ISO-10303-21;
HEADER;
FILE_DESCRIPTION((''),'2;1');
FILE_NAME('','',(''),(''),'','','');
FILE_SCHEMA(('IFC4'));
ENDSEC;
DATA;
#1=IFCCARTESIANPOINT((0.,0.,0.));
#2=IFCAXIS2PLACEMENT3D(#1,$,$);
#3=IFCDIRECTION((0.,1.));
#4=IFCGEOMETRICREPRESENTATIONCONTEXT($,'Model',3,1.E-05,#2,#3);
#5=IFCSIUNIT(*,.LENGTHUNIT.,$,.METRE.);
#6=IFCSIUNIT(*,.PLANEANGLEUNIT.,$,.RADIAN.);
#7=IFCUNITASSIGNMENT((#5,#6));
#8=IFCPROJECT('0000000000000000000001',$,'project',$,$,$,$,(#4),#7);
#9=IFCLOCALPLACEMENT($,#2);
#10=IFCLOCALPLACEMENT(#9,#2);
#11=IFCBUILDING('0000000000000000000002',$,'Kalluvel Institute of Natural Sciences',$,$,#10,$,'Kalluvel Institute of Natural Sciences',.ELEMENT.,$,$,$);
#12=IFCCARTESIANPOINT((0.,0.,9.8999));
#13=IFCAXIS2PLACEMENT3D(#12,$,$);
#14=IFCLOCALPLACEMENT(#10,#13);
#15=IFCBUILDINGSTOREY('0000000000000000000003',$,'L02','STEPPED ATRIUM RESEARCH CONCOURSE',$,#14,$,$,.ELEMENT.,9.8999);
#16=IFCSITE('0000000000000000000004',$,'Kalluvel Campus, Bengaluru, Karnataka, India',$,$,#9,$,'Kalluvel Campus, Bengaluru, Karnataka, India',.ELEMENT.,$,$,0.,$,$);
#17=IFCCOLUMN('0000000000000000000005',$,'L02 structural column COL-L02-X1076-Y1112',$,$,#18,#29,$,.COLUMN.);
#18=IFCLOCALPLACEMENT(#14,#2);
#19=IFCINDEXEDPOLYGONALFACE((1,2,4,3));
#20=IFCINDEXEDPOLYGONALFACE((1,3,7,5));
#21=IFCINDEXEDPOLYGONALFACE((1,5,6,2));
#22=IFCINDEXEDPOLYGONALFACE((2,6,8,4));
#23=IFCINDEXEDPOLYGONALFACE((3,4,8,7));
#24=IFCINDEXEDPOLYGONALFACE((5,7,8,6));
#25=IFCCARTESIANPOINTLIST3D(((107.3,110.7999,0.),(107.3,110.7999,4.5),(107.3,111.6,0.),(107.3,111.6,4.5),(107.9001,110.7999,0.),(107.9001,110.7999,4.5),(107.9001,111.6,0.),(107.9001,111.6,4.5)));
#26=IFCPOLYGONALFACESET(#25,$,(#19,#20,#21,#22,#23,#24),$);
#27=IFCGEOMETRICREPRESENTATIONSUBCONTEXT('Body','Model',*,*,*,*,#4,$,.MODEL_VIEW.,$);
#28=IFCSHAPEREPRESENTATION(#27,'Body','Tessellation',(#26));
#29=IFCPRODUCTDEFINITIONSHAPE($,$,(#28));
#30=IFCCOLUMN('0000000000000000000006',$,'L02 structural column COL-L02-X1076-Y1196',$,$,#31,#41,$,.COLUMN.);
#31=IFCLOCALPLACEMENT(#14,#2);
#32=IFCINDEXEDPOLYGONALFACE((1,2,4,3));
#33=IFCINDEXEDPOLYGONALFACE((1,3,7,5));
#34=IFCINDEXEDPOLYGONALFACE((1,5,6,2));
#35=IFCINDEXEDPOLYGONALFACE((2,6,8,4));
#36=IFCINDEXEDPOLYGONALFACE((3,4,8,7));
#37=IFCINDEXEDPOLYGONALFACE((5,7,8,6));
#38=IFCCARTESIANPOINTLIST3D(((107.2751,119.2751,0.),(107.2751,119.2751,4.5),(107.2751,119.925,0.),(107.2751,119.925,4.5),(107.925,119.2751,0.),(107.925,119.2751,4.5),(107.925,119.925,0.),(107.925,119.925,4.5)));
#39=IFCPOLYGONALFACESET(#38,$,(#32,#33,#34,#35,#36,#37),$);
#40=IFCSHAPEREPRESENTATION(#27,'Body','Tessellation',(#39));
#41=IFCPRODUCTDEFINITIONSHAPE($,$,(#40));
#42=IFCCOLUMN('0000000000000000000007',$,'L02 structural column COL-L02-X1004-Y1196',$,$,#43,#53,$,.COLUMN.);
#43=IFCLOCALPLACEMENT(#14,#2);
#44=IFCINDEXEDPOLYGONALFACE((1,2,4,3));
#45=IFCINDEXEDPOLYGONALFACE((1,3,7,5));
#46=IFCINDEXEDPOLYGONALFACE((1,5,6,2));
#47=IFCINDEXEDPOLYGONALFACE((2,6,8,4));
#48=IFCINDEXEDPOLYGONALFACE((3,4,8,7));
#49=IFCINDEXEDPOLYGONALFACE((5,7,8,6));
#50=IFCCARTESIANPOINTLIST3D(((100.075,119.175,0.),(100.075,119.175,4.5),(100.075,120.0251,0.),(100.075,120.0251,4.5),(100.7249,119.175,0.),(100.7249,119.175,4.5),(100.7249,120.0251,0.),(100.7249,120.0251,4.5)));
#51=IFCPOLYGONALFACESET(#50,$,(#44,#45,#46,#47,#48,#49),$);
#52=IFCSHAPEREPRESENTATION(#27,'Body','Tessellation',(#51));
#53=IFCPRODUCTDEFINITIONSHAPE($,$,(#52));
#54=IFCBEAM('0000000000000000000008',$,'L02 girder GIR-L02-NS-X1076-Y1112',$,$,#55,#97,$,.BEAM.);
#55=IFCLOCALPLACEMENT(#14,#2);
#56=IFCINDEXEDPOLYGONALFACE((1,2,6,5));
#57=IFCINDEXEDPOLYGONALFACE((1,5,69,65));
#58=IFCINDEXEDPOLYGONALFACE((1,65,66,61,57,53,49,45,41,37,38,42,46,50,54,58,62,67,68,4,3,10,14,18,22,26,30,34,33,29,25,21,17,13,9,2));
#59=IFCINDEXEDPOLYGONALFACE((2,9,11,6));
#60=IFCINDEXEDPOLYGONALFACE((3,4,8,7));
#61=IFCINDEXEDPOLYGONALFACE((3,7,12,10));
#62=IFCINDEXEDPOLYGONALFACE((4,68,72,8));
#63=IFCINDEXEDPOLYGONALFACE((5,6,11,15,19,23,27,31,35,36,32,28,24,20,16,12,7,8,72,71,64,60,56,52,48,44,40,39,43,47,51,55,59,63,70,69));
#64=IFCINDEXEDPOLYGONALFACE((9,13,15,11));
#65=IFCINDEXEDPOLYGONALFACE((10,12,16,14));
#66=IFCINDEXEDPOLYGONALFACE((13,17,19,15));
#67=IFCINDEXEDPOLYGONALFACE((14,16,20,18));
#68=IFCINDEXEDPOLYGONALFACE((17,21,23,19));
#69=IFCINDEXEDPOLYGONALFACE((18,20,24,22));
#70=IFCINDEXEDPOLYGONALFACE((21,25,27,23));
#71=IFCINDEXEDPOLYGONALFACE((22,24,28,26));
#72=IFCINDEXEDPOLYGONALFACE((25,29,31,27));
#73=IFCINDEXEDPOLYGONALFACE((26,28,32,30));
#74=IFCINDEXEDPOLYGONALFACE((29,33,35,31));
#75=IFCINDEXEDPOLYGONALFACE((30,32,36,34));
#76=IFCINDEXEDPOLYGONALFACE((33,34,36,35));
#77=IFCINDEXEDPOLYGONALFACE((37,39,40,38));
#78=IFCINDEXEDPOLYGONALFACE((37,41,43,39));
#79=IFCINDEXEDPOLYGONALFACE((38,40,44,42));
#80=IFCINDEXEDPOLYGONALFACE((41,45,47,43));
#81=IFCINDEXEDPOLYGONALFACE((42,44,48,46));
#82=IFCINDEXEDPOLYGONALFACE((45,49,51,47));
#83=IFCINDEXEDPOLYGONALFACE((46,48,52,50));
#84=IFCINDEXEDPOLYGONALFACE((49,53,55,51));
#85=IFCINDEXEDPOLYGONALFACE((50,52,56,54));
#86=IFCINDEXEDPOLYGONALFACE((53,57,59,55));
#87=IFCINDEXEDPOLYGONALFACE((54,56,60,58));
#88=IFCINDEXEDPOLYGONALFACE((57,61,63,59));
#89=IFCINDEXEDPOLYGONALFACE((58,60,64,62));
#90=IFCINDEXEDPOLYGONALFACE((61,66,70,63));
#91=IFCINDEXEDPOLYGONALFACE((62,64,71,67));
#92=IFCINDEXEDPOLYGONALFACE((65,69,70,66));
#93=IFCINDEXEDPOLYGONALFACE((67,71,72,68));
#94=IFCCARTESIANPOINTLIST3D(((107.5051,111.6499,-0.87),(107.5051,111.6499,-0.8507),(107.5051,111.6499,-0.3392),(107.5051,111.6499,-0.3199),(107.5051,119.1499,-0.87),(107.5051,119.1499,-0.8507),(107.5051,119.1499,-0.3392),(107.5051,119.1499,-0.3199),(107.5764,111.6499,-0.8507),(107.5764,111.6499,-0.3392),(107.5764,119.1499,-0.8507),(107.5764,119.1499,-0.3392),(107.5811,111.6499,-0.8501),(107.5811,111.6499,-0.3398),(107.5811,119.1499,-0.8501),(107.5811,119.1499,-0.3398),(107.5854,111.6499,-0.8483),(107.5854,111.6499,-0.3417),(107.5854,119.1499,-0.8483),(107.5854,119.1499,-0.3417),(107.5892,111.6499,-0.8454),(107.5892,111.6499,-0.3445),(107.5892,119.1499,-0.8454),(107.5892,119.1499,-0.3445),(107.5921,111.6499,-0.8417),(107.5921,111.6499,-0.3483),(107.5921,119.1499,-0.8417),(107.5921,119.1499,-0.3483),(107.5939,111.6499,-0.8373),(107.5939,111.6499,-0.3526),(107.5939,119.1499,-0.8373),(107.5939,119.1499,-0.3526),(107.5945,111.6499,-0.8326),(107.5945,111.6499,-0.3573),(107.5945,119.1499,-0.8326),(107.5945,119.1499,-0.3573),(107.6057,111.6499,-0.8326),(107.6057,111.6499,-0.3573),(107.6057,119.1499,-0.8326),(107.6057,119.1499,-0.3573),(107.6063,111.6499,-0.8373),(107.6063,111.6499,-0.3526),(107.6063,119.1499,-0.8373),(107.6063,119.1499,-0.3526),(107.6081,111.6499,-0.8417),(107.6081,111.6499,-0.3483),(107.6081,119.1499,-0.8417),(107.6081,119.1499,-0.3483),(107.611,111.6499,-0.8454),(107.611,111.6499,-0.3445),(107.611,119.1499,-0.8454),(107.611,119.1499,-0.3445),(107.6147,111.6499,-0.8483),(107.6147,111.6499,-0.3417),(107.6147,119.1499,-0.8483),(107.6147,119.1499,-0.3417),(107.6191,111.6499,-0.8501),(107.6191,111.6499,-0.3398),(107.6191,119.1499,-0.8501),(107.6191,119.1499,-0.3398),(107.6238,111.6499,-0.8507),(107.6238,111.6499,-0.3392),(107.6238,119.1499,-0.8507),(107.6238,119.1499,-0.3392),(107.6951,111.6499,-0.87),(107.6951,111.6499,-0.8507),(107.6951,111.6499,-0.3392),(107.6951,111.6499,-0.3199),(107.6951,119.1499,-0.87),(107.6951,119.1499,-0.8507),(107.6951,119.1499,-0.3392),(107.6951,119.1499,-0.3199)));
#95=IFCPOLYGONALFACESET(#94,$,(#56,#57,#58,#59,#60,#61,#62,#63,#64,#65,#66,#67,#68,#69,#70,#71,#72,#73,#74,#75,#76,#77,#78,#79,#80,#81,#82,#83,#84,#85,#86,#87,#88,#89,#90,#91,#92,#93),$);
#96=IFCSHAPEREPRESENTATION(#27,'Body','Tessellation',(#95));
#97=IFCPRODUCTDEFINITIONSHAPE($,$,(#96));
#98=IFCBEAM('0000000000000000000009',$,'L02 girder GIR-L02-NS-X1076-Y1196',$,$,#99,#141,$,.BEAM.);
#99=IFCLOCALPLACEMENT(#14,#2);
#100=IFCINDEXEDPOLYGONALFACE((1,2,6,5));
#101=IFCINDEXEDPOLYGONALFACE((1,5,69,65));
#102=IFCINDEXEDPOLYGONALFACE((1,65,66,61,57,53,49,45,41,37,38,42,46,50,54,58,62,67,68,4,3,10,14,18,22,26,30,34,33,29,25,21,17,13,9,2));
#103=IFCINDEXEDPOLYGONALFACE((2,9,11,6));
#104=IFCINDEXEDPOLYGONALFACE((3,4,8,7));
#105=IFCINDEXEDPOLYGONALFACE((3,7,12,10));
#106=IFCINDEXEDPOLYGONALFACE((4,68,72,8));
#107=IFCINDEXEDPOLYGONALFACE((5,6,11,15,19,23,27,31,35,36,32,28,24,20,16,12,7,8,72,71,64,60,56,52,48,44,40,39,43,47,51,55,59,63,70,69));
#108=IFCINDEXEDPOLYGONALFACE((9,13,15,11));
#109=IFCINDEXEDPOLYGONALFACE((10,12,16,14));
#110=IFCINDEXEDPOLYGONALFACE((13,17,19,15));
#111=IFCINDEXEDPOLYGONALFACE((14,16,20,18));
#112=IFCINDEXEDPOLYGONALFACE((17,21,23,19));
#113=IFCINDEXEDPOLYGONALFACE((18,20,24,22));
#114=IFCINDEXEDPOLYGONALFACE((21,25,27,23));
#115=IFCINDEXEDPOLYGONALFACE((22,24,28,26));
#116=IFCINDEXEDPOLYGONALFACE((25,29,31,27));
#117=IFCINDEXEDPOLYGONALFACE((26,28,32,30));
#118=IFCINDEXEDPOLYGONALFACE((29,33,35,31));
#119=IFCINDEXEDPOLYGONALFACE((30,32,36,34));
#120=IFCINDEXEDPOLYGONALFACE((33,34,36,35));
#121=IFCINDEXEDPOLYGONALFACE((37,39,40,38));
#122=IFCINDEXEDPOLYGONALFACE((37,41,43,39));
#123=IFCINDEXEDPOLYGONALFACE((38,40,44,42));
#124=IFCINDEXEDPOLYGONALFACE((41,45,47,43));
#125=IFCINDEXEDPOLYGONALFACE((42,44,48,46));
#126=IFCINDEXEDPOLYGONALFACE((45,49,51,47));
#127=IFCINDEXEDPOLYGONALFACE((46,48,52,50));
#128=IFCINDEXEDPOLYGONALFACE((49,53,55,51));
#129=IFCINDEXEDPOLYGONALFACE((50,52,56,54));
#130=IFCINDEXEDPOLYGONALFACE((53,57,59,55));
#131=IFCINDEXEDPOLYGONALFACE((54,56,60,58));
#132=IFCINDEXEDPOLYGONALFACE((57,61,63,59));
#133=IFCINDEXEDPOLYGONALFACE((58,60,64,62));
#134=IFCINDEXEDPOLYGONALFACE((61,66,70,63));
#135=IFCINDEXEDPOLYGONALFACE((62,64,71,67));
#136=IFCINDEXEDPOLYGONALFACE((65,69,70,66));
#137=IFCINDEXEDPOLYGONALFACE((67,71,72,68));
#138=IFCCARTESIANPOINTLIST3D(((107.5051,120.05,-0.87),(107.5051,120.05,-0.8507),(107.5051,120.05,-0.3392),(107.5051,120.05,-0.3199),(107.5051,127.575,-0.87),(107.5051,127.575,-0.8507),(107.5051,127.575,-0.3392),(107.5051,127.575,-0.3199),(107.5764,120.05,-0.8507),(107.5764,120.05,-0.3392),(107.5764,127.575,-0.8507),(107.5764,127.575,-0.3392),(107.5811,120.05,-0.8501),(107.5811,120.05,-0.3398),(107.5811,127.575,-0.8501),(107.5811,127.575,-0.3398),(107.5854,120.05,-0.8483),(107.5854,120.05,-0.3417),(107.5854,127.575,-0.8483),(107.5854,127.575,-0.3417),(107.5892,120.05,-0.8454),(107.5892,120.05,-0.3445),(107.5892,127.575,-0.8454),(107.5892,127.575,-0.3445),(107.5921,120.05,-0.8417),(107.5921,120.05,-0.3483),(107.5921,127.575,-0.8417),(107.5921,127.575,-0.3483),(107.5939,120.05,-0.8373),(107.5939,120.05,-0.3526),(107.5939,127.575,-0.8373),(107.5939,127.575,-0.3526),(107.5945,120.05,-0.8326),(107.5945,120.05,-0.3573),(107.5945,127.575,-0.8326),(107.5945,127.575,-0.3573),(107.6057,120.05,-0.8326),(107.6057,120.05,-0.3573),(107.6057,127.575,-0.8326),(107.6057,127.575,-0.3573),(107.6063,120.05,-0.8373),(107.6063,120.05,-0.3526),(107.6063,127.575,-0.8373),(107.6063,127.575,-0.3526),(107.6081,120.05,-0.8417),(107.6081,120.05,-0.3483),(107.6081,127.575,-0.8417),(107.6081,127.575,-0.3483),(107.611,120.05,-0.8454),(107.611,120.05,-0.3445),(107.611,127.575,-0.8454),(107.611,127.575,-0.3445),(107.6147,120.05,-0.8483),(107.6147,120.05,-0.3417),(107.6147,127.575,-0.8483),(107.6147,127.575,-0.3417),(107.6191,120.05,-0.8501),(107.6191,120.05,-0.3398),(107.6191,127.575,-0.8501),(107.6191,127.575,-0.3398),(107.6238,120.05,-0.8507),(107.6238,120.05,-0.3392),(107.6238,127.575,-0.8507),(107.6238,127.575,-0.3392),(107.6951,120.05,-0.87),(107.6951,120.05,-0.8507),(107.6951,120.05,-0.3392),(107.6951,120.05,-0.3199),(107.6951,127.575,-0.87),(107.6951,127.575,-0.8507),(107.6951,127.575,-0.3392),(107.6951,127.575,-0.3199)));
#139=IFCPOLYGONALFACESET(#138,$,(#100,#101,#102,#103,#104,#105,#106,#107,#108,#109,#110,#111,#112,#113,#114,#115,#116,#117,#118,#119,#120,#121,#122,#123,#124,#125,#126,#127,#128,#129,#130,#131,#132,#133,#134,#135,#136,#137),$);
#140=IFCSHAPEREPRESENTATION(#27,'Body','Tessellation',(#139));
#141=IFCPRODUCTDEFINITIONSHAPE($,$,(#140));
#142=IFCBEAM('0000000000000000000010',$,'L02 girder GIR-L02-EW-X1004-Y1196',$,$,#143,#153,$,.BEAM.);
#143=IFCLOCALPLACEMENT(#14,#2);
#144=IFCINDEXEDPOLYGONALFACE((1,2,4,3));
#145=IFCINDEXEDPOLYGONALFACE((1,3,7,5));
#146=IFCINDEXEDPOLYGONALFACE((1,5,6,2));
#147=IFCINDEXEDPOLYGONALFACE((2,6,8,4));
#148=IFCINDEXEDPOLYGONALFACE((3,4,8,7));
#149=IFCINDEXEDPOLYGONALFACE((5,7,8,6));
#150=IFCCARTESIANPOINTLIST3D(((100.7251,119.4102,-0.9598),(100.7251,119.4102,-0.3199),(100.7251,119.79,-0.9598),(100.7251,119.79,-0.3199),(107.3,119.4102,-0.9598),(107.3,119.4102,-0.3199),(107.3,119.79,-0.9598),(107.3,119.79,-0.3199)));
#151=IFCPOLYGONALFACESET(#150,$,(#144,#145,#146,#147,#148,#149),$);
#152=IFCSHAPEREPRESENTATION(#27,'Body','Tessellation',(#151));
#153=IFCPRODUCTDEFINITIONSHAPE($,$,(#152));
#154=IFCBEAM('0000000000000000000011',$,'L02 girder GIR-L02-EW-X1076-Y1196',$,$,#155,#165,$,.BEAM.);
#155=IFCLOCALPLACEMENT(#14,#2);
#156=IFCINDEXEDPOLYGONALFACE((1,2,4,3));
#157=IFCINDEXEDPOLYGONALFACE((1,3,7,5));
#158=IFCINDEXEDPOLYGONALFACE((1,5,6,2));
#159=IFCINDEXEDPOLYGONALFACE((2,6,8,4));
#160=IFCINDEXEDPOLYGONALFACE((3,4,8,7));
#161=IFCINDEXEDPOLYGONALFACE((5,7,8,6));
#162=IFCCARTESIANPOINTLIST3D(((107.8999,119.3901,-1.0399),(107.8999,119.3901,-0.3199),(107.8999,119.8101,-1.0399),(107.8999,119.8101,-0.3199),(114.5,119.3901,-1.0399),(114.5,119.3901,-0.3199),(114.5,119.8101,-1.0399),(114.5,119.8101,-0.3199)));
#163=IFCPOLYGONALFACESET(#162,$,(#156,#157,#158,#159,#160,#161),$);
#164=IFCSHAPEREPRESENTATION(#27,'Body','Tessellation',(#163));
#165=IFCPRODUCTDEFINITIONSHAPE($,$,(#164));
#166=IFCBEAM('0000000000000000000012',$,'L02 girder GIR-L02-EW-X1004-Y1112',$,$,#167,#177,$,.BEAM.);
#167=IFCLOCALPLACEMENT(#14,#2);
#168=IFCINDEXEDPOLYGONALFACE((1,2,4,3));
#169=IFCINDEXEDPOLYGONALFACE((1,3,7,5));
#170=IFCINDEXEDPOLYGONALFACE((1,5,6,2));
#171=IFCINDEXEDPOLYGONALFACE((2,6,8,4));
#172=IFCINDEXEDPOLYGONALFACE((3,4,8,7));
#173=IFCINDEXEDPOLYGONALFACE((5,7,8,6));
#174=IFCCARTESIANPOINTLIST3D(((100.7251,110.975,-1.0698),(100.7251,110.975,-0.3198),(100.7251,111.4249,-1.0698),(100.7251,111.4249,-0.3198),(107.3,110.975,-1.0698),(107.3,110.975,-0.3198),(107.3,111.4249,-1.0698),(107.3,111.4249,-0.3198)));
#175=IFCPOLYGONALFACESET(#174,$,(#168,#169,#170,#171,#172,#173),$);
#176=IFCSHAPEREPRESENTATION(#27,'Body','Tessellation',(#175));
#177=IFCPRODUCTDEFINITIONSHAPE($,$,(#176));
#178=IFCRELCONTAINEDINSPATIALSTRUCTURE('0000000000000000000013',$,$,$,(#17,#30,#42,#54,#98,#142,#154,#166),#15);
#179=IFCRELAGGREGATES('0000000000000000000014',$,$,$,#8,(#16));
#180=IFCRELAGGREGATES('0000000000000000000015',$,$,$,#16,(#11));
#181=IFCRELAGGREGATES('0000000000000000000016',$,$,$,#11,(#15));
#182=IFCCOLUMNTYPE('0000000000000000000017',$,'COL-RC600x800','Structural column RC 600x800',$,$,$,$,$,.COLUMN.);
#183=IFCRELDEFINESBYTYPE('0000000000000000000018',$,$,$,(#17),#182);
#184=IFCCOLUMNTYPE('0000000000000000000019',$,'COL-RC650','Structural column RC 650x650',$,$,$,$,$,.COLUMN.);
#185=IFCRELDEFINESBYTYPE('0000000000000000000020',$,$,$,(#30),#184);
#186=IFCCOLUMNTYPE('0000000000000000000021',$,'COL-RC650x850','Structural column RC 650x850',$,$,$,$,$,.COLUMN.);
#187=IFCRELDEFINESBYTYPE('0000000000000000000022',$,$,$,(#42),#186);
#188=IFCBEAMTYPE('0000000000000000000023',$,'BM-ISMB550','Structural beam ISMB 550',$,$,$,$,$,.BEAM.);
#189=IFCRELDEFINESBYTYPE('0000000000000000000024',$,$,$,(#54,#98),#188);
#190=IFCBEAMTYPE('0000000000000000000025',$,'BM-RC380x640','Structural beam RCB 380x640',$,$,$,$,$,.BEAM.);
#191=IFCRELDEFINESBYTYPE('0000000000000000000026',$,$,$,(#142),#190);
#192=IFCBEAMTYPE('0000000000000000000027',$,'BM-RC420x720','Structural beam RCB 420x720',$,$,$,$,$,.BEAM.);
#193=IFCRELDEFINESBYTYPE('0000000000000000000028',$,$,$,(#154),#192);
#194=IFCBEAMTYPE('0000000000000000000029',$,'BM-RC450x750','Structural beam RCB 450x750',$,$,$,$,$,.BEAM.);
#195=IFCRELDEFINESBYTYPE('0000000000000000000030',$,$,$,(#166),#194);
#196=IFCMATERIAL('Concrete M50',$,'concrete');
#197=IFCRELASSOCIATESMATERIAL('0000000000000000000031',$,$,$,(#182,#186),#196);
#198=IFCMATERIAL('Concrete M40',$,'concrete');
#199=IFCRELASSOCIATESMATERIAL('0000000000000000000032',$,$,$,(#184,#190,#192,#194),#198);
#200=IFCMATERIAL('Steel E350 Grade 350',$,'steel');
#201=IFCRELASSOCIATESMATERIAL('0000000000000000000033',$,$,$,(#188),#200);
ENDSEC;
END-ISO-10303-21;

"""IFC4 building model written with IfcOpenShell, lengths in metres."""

from ifc_helpers import new_model, si_unit, direction, frame, origin, origin_2d, place, context, subcontext, project, spatial, rectangle, i_section, extrude, material, material_profile, profile_set, type_object, element, save


model = new_model("IFC4")

# Units and contexts
model_context = context("Model", 3, precision=1e-05, world=origin(), true_north=direction((0.0, 1.0)))
body_context = subcontext(model_context, "Body", "Model", "MODEL_VIEW")
ifc_project = project(units=[si_unit("LENGTHUNIT", "METRE"), si_unit("PLANEANGLEUNIT", "RADIAN")], contexts=[model_context])

# Site, building, storey
site_placement = place(None, origin())
site = spatial("IfcSite", under=ifc_project, at=site_placement, Name="Kalluvel Campus, Bengaluru, Karnataka, India", LongName="Kalluvel Campus, Bengaluru, Karnataka, India", CompositionType="ELEMENT", RefElevation=0.0)
building_placement = place(site_placement, origin())
building = spatial("IfcBuilding", under=site, at=building_placement, Name="Kalluvel Institute of Natural Sciences", LongName="Kalluvel Institute of Natural Sciences", CompositionType="ELEMENT")
storey_placement = place(building_placement, frame((0.0, 0.0, 9.8999)))
storey = spatial("IfcBuildingStorey", under=building, at=storey_placement, Name="L02", Description="STEPPED ATRIUM RESEARCH CONCOURSE", CompositionType="ELEMENT", Elevation=9.8999)

# Columns
ifc_material_1 = material(Name="Concrete M50", Category="concrete")
ifc_material_profile_1 = material_profile(ifc_material_1, rectangle(XDim=0.6001, YDim=0.8, at=origin_2d()), Name="RC 600x800")
ifc_profile_set_1 = profile_set([ifc_material_profile_1], Name="Concrete M50")
column_type_1 = type_object("IfcColumnType", Name="COL-RC600x800", Description="Structural column RC 600x800", PredefinedType="COLUMN", material=ifc_profile_set_1)
column_1_placement = place(storey_placement, frame((107.6001, 111.2, 0.0), z_axis=(0.0, 0.0, 1.0), x_axis=(1.0, 0.0, 0.0)))
element("IfcColumn", 1, at=column_1_placement, inside=storey, type_object=column_type_1, Name="L02 structural column COL-L02-X1076-Y1112", PredefinedType="COLUMN", context=body_context, shape_type="SweptSolid", body=[
    extrude(rectangle(XDim=0.6001, YDim=0.8, at=origin_2d()), origin(), (0.0, 0.0, 1.0), 4.5),
])
ifc_material_2 = material(Name="Concrete M40", Category="concrete")
ifc_material_profile_2 = material_profile(ifc_material_2, rectangle(XDim=0.6499, YDim=0.6499, at=origin_2d()), Name="RC 650x650")
ifc_profile_set_2 = profile_set([ifc_material_profile_2], Name="Concrete M40")
column_type_2 = type_object("IfcColumnType", Name="COL-RC650", Description="Structural column RC 650x650", PredefinedType="COLUMN", material=ifc_profile_set_2)
column_2_placement = place(storey_placement, frame((107.6001, 119.6001, 0.0), z_axis=(0.0, 0.0, 1.0), x_axis=(1.0, 0.0, 0.0)))
element("IfcColumn", 2, at=column_2_placement, inside=storey, type_object=column_type_2, Name="L02 structural column COL-L02-X1076-Y1196", PredefinedType="COLUMN", context=body_context, shape_type="SweptSolid", body=[
    extrude(rectangle(XDim=0.6499, YDim=0.6499, at=origin_2d()), origin(), (0.0, 0.0, 1.0), 4.5),
])
ifc_material_profile_3 = material_profile(ifc_material_1, rectangle(XDim=0.6499, YDim=0.8501, at=origin_2d()), Name="RC 650x850")
ifc_profile_set_3 = profile_set([ifc_material_profile_3], Name="Concrete M50")
column_type_3 = type_object("IfcColumnType", Name="COL-RC650x850", Description="Structural column RC 650x850", PredefinedType="COLUMN", material=ifc_profile_set_3)
column_3_placement = place(storey_placement, frame((100.3999, 119.6001, 0.0), z_axis=(0.0, 0.0, 1.0), x_axis=(1.0, 0.0, 0.0)))
element("IfcColumn", 3, at=column_3_placement, inside=storey, type_object=column_type_3, Name="L02 structural column COL-L02-X1004-Y1196", PredefinedType="COLUMN", context=body_context, shape_type="SweptSolid", body=[
    extrude(rectangle(XDim=0.6499, YDim=0.8501, at=origin_2d()), origin(), (0.0, 0.0, 1.0), 4.5),
])

# Beams
ifc_material_3 = material(Name="Steel E350 Grade 350", Category="steel")
ifc_material_profile_4 = material_profile(ifc_material_3, i_section(OverallWidth=0.1899, OverallDepth=0.55, WebThickness=0.0112, FlangeThickness=0.0193, FilletRadius=0.0181, at=origin_2d()), Name="ISMB 550")
ifc_profile_set_4 = profile_set([ifc_material_profile_4], Name="Steel E350 Grade 350")
beam_type_1 = type_object("IfcBeamType", Name="BM-ISMB550", Description="Structural beam ISMB 550", PredefinedType="BEAM", material=ifc_profile_set_4)
beam_1_placement = place(storey_placement, frame((107.6001, 111.6499, -0.595), z_axis=(0.0, 1.0, 0.0), x_axis=(-1.0, 0.0, 0.0)))
element("IfcBeam", 4, at=beam_1_placement, inside=storey, type_object=beam_type_1, Name="L02 girder GIR-L02-NS-X1076-Y1112", PredefinedType="BEAM", context=body_context, shape_type="SweptSolid", body=[
    extrude(i_section(OverallWidth=0.1899, OverallDepth=0.55, WebThickness=0.0112, FlangeThickness=0.0193, FilletRadius=0.0181, at=origin_2d()), origin(), (0.0, 0.0, 1.0), 7.5),
])
beam_2_placement = place(storey_placement, frame((107.6001, 120.05, -0.595), z_axis=(0.0, 1.0, 0.0), x_axis=(-1.0, 0.0, 0.0)))
element("IfcBeam", 5, at=beam_2_placement, inside=storey, type_object=beam_type_1, Name="L02 girder GIR-L02-NS-X1076-Y1196", PredefinedType="BEAM", context=body_context, shape_type="SweptSolid", body=[
    extrude(i_section(OverallWidth=0.1899, OverallDepth=0.55, WebThickness=0.0112, FlangeThickness=0.0193, FilletRadius=0.0181, at=origin_2d()), origin(), (0.0, 0.0, 1.0), 7.5249),
])
ifc_material_profile_5 = material_profile(ifc_material_2, rectangle(XDim=0.3799, YDim=0.6399, at=origin_2d()), Name="RCB 380x640")
ifc_profile_set_5 = profile_set([ifc_material_profile_5], Name="Concrete M40")
beam_type_2 = type_object("IfcBeamType", Name="BM-RC380x640", Description="Structural beam RCB 380x640", PredefinedType="BEAM", material=ifc_profile_set_5)
beam_3_placement = place(storey_placement, frame((100.7251, 119.6001, -0.6399), z_axis=(1.0, 0.0, 0.0), x_axis=(0.0, 1.0, 0.0)))
element("IfcBeam", 6, at=beam_3_placement, inside=storey, type_object=beam_type_2, Name="L02 girder GIR-L02-EW-X1004-Y1196", PredefinedType="BEAM", context=body_context, shape_type="SweptSolid", body=[
    extrude(rectangle(XDim=0.3799, YDim=0.6399, at=origin_2d()), origin(), (0.0, 0.0, 1.0), 6.575),
])
ifc_material_profile_6 = material_profile(ifc_material_2, rectangle(XDim=0.4199, YDim=0.72, at=origin_2d()), Name="RCB 420x720")
ifc_profile_set_6 = profile_set([ifc_material_profile_6], Name="Concrete M40")
beam_type_3 = type_object("IfcBeamType", Name="BM-RC420x720", Description="Structural beam RCB 420x720", PredefinedType="BEAM", material=ifc_profile_set_6)
beam_4_placement = place(storey_placement, frame((107.8999, 119.6001, -0.6799), z_axis=(1.0, 0.0, 0.0), x_axis=(0.0, 1.0, 0.0)))
element("IfcBeam", 7, at=beam_4_placement, inside=storey, type_object=beam_type_3, Name="L02 girder GIR-L02-EW-X1076-Y1196", PredefinedType="BEAM", context=body_context, shape_type="SweptSolid", body=[
    extrude(rectangle(XDim=0.4199, YDim=0.72, at=origin_2d()), origin(), (0.0, 0.0, 1.0), 6.6001),
])
ifc_material_profile_7 = material_profile(ifc_material_2, rectangle(XDim=0.45, YDim=0.75, at=origin_2d()), Name="RCB 450x750")
ifc_profile_set_7 = profile_set([ifc_material_profile_7], Name="Concrete M40")
beam_type_4 = type_object("IfcBeamType", Name="BM-RC450x750", Description="Structural beam RCB 450x750", PredefinedType="BEAM", material=ifc_profile_set_7)
beam_5_placement = place(storey_placement, frame((100.7251, 111.2, -0.6948), z_axis=(1.0, 0.0, 0.0), x_axis=(0.0, 1.0, 0.0)))
element("IfcBeam", 8, at=beam_5_placement, inside=storey, type_object=beam_type_4, Name="L02 girder GIR-L02-EW-X1004-Y1112", PredefinedType="BEAM", context=body_context, shape_type="SweptSolid", body=[
    extrude(rectangle(XDim=0.45, YDim=0.75, at=origin_2d()), origin(), (0.0, 0.0, 1.0), 6.575),
])

save(model, "model.ifc")
